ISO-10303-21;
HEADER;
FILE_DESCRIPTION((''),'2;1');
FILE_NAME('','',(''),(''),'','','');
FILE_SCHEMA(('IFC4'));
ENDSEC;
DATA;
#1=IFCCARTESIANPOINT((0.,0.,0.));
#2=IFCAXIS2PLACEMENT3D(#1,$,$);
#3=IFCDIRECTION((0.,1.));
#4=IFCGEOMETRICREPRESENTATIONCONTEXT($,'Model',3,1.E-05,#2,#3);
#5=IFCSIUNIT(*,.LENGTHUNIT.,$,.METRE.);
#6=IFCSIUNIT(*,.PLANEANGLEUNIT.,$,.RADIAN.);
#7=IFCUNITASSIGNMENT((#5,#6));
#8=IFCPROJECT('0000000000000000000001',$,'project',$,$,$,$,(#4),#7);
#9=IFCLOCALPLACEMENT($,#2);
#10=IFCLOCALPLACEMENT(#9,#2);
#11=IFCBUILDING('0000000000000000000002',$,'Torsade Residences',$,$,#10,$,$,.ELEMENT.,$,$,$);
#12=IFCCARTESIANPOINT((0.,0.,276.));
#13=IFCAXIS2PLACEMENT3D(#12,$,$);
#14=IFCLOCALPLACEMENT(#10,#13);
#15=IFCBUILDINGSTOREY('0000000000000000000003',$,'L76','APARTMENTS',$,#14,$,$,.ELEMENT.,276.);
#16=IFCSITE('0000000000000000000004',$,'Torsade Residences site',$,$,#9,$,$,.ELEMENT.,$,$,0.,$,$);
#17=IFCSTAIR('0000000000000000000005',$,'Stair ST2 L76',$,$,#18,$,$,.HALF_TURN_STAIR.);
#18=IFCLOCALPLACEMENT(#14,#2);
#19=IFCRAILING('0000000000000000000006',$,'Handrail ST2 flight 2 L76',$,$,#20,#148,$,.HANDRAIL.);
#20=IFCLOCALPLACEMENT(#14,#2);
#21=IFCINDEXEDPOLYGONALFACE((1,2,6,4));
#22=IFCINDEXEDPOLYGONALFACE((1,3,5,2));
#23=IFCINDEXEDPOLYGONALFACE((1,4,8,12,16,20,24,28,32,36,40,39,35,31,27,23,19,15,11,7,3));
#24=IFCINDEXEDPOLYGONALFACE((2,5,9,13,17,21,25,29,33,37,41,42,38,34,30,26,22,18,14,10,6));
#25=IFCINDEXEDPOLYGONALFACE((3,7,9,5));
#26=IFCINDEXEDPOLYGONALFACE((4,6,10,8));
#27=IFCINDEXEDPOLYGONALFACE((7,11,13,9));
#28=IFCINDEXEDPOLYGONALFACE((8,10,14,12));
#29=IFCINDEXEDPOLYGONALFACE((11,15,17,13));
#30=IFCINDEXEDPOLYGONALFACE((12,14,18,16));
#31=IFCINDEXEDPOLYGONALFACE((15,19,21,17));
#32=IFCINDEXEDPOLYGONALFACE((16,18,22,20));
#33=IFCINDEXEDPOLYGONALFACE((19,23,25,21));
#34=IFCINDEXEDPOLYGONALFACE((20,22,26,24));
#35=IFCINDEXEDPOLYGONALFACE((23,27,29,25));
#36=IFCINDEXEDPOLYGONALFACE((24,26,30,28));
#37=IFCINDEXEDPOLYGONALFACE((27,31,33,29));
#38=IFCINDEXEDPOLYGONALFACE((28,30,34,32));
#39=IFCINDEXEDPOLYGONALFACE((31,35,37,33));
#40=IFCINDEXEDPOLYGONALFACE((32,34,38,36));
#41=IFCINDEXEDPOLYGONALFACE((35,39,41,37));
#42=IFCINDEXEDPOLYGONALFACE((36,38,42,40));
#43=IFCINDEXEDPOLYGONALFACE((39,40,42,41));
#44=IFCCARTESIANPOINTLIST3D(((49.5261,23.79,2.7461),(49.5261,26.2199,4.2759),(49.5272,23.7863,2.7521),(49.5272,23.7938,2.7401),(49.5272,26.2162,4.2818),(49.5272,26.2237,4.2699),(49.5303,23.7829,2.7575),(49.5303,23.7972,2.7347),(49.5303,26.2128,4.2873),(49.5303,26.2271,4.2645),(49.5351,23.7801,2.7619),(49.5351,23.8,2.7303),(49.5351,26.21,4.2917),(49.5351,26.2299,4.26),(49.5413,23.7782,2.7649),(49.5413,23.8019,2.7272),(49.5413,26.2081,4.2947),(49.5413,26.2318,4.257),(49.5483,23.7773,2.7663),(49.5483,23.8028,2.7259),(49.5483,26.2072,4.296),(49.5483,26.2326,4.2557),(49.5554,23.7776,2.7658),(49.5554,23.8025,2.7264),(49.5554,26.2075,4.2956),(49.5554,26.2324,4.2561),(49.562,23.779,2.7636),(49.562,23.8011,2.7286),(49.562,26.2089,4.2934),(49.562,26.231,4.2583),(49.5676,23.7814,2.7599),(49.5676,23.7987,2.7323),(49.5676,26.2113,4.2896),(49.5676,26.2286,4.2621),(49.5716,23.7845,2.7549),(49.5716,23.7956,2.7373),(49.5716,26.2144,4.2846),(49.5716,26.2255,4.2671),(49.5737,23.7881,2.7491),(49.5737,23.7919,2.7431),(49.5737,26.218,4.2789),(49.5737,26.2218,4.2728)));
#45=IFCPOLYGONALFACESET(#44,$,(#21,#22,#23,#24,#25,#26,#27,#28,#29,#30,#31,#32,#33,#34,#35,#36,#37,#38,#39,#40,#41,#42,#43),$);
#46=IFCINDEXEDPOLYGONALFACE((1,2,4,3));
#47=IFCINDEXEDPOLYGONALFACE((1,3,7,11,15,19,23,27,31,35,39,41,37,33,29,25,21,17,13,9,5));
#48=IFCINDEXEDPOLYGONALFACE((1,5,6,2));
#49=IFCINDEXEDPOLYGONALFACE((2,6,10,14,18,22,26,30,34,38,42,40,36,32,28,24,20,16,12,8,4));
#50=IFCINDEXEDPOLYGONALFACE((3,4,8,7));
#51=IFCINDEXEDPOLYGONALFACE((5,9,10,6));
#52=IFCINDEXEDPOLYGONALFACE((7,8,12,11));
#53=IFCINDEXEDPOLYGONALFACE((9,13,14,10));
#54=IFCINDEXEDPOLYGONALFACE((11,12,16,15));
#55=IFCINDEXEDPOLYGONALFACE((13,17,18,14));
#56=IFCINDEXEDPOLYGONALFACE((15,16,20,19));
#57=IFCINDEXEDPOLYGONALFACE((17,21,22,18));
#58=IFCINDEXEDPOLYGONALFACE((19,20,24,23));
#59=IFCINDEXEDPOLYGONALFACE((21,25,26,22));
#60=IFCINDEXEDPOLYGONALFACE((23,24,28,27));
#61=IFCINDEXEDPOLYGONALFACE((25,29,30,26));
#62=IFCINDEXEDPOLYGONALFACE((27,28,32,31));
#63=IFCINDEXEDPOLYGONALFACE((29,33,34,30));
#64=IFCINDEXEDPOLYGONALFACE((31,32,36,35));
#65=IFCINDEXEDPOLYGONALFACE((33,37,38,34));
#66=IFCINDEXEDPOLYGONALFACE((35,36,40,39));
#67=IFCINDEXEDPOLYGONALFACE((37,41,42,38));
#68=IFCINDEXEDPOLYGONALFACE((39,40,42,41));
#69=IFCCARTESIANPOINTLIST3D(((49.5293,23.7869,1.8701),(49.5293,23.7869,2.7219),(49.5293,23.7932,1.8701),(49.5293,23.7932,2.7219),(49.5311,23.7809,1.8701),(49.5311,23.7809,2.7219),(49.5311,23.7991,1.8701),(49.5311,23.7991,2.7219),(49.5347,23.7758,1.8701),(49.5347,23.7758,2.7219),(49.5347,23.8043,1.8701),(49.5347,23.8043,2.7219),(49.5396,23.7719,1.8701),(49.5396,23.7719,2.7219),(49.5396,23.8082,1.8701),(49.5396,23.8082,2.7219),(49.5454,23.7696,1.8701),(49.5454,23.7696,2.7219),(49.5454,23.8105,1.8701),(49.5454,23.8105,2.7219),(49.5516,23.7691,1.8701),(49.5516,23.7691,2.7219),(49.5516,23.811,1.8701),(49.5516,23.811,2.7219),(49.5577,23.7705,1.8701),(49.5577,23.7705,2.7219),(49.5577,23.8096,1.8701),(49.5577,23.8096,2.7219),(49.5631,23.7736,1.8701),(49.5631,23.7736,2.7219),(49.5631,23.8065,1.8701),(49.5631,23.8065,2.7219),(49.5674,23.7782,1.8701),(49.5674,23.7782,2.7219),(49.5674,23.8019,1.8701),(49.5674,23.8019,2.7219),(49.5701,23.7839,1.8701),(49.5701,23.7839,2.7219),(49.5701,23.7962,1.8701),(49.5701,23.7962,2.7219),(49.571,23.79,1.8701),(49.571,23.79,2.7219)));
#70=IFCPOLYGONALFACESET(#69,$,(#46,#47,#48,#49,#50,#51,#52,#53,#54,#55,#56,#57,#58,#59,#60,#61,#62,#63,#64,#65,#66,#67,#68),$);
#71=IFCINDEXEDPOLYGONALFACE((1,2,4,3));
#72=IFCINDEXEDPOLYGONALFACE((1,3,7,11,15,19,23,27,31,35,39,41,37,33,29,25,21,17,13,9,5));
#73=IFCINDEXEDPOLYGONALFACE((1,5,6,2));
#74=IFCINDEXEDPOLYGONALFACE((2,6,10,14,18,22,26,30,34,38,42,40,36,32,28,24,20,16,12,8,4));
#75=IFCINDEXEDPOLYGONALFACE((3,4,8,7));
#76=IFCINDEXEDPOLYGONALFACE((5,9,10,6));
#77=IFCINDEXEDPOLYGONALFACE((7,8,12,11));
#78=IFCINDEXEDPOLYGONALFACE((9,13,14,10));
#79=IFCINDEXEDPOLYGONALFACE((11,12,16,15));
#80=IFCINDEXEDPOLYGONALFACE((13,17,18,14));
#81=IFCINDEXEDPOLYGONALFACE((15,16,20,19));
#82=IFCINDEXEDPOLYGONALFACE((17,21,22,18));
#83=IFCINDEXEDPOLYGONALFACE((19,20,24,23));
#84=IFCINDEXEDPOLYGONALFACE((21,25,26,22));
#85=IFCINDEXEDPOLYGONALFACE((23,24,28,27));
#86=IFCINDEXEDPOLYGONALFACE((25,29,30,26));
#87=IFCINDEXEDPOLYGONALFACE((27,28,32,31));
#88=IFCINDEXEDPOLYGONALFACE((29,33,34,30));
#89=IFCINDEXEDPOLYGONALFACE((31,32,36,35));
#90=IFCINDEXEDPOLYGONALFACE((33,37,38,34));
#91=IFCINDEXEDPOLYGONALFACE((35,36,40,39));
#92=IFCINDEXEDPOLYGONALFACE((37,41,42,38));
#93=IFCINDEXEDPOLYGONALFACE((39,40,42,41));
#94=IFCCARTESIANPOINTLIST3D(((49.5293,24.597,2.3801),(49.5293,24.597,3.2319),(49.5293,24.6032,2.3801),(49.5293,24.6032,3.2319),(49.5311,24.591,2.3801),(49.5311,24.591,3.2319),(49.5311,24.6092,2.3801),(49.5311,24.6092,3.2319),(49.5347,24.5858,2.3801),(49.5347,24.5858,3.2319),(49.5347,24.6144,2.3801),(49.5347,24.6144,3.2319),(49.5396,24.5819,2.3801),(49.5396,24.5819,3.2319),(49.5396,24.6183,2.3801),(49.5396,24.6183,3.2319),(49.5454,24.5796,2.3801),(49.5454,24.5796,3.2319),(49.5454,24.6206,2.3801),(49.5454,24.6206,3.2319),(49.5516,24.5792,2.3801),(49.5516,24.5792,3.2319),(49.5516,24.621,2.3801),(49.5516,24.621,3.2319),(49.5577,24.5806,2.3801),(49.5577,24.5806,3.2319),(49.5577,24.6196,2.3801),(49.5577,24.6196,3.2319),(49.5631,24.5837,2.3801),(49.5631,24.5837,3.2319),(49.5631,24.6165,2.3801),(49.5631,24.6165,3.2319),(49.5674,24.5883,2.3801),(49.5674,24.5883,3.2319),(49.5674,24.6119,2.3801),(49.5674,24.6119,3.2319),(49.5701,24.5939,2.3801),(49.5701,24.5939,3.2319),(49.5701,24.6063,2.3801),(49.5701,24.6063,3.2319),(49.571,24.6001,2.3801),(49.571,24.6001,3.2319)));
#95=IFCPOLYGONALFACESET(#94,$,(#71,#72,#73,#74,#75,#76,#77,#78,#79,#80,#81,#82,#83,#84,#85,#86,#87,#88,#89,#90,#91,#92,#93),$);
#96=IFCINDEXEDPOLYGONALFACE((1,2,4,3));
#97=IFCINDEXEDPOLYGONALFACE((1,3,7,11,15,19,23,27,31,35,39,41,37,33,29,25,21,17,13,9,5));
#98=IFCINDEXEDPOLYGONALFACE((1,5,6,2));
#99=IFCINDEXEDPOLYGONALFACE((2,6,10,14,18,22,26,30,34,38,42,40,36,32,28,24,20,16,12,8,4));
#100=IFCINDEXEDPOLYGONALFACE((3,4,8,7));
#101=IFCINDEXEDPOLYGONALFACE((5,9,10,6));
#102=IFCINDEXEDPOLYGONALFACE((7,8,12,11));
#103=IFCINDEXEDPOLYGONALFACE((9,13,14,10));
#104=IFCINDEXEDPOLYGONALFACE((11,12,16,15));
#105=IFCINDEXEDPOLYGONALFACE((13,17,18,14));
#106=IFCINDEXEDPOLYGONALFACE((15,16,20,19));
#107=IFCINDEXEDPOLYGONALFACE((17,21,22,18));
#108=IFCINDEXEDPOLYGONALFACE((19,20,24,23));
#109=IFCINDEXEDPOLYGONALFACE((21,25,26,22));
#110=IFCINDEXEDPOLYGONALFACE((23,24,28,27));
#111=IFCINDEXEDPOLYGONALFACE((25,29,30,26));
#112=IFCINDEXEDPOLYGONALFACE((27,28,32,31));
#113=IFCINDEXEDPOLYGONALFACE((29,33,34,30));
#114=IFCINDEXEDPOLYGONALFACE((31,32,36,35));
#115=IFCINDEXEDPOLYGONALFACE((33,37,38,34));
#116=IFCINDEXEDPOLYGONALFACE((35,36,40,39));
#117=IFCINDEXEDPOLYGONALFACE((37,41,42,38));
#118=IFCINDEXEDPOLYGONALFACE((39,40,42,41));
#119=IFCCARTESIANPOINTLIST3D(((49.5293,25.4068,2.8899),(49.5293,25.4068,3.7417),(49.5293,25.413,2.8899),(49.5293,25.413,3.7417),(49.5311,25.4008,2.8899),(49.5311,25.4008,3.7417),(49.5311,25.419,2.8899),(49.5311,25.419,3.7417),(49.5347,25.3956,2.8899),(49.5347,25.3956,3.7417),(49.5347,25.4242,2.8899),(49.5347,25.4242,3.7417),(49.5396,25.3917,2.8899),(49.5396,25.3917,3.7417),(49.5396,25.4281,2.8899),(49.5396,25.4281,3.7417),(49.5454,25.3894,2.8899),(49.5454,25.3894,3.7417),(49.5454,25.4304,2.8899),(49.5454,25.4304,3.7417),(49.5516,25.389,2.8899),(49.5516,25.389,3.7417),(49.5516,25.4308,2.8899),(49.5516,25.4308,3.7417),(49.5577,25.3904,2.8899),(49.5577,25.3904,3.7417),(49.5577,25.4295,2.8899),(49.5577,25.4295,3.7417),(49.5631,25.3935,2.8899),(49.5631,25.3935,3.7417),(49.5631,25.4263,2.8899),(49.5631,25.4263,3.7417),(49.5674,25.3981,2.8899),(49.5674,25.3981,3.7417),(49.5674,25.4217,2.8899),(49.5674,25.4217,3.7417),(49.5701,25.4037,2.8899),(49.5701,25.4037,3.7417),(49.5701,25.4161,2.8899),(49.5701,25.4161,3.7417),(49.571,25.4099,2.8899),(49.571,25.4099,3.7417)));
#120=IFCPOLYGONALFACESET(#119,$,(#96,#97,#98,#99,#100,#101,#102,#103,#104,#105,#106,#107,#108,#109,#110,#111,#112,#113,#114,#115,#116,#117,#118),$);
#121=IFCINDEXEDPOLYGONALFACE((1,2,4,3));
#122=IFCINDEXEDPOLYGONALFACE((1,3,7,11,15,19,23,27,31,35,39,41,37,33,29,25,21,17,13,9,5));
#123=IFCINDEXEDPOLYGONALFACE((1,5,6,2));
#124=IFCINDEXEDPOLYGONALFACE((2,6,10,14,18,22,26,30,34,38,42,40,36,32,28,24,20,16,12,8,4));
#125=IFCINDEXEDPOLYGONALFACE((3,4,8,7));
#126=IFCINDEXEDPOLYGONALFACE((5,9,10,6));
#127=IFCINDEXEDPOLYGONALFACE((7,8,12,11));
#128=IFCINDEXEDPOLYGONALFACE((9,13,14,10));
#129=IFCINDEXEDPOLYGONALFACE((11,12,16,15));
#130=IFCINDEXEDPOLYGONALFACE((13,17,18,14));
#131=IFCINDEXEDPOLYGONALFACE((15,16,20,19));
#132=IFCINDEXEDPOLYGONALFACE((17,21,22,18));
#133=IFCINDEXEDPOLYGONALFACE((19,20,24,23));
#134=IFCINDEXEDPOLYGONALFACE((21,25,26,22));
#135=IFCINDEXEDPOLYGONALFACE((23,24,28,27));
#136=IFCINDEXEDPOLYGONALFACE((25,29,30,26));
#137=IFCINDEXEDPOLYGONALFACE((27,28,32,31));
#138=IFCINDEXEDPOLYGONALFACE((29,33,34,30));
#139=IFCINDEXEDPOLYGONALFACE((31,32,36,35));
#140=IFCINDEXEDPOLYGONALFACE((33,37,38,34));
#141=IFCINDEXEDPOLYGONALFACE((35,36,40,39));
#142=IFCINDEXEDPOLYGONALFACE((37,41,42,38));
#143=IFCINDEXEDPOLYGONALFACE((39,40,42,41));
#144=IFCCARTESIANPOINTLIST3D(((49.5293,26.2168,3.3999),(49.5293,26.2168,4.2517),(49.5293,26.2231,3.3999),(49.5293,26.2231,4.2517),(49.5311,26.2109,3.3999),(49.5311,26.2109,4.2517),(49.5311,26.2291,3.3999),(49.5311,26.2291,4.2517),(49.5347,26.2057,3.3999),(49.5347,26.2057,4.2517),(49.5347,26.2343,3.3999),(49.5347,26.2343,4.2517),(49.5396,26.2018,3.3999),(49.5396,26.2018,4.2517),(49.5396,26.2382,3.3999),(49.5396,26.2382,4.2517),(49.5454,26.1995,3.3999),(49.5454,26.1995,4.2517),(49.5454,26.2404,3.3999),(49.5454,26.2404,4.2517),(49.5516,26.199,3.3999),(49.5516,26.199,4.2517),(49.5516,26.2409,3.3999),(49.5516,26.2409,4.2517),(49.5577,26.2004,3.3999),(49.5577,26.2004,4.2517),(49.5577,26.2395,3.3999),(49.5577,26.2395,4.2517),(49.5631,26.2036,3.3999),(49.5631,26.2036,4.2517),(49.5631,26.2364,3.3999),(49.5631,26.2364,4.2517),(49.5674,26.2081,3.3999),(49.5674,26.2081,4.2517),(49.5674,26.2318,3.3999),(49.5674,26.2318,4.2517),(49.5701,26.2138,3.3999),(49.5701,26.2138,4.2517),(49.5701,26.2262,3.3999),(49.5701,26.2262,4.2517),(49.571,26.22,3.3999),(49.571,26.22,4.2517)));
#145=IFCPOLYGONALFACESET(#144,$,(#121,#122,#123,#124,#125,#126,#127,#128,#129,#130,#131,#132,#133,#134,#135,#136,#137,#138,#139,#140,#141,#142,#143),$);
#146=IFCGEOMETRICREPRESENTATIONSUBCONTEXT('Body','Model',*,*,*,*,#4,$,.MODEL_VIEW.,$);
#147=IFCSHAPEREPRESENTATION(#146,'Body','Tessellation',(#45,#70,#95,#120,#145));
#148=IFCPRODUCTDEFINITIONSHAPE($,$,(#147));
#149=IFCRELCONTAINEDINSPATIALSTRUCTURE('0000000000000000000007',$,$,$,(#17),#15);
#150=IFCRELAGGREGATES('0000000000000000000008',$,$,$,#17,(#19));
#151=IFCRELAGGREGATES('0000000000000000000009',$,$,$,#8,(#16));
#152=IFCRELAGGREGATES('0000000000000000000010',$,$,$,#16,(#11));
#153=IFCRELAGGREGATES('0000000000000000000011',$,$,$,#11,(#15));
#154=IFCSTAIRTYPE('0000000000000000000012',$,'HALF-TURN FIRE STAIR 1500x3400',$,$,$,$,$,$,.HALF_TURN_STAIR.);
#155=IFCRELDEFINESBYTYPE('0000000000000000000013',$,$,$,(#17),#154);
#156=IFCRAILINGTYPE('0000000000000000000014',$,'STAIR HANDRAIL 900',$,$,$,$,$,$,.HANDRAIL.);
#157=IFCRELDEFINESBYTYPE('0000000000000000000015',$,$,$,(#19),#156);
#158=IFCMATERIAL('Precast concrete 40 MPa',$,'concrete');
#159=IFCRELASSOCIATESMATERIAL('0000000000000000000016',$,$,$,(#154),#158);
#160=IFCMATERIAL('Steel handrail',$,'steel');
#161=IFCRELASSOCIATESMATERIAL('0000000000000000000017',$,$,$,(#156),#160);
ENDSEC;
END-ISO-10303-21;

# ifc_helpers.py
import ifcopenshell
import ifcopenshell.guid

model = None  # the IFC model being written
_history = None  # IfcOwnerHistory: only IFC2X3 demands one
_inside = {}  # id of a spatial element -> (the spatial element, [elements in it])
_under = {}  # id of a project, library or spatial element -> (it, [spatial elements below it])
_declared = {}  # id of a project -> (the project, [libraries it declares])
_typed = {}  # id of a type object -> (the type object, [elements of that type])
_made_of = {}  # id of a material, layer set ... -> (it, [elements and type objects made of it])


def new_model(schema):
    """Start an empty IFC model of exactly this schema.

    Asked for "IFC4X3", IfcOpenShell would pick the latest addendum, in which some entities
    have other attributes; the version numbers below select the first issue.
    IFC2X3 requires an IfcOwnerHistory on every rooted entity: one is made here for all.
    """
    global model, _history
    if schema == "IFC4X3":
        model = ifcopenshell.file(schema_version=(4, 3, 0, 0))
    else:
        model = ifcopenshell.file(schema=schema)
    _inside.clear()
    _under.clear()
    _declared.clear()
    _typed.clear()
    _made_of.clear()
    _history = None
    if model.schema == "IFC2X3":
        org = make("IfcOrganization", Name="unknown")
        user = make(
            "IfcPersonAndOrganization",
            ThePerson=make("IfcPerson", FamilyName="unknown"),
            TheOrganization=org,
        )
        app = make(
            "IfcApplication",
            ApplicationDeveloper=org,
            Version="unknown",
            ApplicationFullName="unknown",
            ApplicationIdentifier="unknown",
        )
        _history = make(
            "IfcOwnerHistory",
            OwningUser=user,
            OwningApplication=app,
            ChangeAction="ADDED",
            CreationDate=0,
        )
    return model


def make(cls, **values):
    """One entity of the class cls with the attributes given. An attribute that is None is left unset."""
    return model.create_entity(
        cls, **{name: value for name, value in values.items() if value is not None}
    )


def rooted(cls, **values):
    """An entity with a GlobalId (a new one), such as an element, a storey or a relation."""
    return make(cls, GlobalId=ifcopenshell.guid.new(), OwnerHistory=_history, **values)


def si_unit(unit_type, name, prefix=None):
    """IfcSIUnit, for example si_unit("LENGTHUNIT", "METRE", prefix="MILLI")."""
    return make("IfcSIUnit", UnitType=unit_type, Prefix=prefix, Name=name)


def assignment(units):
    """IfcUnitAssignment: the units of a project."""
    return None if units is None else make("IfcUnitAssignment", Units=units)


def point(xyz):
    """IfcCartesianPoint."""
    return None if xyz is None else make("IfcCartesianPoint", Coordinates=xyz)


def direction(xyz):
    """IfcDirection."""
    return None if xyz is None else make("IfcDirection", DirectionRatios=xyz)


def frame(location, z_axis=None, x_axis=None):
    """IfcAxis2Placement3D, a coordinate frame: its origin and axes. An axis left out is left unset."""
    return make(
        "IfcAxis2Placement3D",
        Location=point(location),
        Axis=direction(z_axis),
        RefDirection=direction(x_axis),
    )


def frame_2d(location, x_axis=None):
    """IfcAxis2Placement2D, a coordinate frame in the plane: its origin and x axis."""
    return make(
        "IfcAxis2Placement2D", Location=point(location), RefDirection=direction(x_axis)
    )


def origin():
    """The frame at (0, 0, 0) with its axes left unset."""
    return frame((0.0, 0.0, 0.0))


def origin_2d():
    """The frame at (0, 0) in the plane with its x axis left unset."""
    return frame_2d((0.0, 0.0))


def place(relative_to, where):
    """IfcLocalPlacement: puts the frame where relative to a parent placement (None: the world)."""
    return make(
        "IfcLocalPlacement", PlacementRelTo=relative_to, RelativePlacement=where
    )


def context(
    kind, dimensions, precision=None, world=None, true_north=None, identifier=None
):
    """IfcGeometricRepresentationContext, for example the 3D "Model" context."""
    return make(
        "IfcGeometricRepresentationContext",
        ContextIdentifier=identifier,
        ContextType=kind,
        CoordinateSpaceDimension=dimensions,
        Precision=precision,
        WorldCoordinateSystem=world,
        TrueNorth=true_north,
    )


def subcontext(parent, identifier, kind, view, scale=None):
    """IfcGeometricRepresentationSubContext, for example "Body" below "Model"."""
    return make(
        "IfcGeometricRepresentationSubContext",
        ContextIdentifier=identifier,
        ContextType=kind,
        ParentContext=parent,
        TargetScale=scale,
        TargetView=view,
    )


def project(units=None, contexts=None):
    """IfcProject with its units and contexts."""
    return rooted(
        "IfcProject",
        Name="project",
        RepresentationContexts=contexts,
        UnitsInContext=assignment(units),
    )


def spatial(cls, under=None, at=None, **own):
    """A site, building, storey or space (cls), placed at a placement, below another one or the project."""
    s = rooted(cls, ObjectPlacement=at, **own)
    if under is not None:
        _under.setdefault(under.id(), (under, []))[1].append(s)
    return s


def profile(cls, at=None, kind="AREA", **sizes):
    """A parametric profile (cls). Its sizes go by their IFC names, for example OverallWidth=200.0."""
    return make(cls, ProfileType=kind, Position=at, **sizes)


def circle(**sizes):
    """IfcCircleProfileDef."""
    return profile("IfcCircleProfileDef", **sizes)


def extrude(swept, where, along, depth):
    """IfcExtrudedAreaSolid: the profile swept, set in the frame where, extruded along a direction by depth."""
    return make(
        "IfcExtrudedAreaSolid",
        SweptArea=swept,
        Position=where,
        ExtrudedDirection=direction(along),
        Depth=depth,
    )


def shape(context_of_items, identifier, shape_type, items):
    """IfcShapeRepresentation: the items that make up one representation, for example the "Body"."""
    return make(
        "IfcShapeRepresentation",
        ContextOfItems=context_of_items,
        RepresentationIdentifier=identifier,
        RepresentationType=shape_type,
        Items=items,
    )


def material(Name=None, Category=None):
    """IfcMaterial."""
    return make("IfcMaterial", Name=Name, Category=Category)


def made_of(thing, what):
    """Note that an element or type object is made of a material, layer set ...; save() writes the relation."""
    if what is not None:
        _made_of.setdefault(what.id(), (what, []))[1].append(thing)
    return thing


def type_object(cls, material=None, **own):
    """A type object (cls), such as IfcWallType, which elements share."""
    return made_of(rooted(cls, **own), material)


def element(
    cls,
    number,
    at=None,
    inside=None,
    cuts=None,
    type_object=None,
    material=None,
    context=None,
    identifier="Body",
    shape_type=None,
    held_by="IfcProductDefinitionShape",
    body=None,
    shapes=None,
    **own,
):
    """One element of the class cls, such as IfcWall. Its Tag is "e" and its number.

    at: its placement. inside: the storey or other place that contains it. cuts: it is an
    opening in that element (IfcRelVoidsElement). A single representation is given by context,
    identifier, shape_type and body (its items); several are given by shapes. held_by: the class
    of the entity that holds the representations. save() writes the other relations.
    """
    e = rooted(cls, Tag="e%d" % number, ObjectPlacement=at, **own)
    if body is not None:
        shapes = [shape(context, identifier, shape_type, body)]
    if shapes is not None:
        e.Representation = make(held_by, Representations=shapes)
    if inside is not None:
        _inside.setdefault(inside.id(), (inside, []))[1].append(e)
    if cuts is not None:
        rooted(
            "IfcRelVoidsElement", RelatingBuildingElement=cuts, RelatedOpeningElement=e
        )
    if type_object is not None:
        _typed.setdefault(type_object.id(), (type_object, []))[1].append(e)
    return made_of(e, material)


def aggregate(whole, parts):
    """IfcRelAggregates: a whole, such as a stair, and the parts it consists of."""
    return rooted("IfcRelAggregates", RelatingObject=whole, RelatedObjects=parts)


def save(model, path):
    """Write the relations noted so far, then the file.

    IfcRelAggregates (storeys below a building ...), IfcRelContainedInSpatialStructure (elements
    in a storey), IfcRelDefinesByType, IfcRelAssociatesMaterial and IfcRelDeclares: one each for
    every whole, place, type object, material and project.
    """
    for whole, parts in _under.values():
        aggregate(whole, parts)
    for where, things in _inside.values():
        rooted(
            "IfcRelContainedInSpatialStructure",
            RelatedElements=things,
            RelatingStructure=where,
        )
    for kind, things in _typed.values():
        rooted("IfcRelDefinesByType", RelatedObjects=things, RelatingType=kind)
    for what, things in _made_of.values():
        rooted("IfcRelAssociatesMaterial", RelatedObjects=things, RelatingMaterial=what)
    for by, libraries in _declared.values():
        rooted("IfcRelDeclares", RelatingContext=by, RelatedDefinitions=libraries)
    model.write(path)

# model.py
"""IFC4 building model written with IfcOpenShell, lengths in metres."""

from ifc_helpers import new_model, si_unit, direction, frame, origin, origin_2d, place, context, subcontext, project, spatial, circle, extrude, material, type_object, element, aggregate, save


model = new_model("IFC4")

# Units and contexts
model_context = context("Model", 3, precision=1e-05, world=origin(), true_north=direction((0.0, 1.0)))
body_context = subcontext(model_context, "Body", "Model", "MODEL_VIEW")
ifc_project = project(units=[si_unit("LENGTHUNIT", "METRE"), si_unit("PLANEANGLEUNIT", "RADIAN")], contexts=[model_context])

# Site, building, storey
site_placement = place(None, origin())
site = spatial("IfcSite", under=ifc_project, at=site_placement, Name="Torsade Residences site", CompositionType="ELEMENT", RefElevation=0.0)
building_placement = place(site_placement, origin())
building = spatial("IfcBuilding", under=site, at=building_placement, Name="Torsade Residences", CompositionType="ELEMENT")
storey_placement = place(building_placement, frame((0.0, 0.0, 276.0)))
storey = spatial("IfcBuildingStorey", under=building, at=storey_placement, Name="L76", Description="APARTMENTS", CompositionType="ELEMENT", Elevation=276.0)

# Stair, railing
ifc_material_1 = material(Name="Precast concrete 40 MPa", Category="concrete")
stair_type = type_object("IfcStairType", Name="HALF-TURN FIRE STAIR 1500x3400", PredefinedType="HALF_TURN_STAIR", material=ifc_material_1)
stair_placement = place(storey_placement, origin())
stair = element("IfcStair", 1, at=stair_placement, inside=storey, type_object=stair_type, Name="Stair ST2 L76", PredefinedType="HALF_TURN_STAIR")
ifc_material_2 = material(Name="Steel handrail", Category="steel")
railing_type = type_object("IfcRailingType", Name="STAIR HANDRAIL 900", PredefinedType="HANDRAIL", material=ifc_material_2)
railing_1_placement = place(storey_placement, frame((49.55, 23.79, 1.8701)))
railing_1 = element("IfcRailing", 2, at=railing_1_placement, type_object=railing_type, Name="Handrail ST2 flight 2 L76", PredefinedType="HANDRAIL", context=body_context, shape_type="SweptSolid", body=[
    extrude(circle(Radius=0.0239, at=origin_2d()), frame((0.0, 0.0, 0.876), z_axis=(0.0, 0.84626, 0.53277), x_axis=(-1.0, 0.0, 0.0)), (0.0, 0.0, 1.0), 2.8713),
    extrude(circle(Radius=0.021, at=origin_2d()), origin(), (0.0, 0.0, 1.0), 0.8518),
    extrude(circle(Radius=0.021, at=origin_2d()), frame((0.0, 0.8101, 0.51)), (0.0, 0.0, 1.0), 0.8518),
    extrude(circle(Radius=0.021, at=origin_2d()), frame((0.0, 1.6199, 1.0198)), (0.0, 0.0, 1.0), 0.8518),
    extrude(circle(Radius=0.021, at=origin_2d()), frame((0.0, 2.4299, 1.5298)), (0.0, 0.0, 1.0), 0.8518),
])
aggregate(stair, [railing_1])

save(model, "model.ifc")
